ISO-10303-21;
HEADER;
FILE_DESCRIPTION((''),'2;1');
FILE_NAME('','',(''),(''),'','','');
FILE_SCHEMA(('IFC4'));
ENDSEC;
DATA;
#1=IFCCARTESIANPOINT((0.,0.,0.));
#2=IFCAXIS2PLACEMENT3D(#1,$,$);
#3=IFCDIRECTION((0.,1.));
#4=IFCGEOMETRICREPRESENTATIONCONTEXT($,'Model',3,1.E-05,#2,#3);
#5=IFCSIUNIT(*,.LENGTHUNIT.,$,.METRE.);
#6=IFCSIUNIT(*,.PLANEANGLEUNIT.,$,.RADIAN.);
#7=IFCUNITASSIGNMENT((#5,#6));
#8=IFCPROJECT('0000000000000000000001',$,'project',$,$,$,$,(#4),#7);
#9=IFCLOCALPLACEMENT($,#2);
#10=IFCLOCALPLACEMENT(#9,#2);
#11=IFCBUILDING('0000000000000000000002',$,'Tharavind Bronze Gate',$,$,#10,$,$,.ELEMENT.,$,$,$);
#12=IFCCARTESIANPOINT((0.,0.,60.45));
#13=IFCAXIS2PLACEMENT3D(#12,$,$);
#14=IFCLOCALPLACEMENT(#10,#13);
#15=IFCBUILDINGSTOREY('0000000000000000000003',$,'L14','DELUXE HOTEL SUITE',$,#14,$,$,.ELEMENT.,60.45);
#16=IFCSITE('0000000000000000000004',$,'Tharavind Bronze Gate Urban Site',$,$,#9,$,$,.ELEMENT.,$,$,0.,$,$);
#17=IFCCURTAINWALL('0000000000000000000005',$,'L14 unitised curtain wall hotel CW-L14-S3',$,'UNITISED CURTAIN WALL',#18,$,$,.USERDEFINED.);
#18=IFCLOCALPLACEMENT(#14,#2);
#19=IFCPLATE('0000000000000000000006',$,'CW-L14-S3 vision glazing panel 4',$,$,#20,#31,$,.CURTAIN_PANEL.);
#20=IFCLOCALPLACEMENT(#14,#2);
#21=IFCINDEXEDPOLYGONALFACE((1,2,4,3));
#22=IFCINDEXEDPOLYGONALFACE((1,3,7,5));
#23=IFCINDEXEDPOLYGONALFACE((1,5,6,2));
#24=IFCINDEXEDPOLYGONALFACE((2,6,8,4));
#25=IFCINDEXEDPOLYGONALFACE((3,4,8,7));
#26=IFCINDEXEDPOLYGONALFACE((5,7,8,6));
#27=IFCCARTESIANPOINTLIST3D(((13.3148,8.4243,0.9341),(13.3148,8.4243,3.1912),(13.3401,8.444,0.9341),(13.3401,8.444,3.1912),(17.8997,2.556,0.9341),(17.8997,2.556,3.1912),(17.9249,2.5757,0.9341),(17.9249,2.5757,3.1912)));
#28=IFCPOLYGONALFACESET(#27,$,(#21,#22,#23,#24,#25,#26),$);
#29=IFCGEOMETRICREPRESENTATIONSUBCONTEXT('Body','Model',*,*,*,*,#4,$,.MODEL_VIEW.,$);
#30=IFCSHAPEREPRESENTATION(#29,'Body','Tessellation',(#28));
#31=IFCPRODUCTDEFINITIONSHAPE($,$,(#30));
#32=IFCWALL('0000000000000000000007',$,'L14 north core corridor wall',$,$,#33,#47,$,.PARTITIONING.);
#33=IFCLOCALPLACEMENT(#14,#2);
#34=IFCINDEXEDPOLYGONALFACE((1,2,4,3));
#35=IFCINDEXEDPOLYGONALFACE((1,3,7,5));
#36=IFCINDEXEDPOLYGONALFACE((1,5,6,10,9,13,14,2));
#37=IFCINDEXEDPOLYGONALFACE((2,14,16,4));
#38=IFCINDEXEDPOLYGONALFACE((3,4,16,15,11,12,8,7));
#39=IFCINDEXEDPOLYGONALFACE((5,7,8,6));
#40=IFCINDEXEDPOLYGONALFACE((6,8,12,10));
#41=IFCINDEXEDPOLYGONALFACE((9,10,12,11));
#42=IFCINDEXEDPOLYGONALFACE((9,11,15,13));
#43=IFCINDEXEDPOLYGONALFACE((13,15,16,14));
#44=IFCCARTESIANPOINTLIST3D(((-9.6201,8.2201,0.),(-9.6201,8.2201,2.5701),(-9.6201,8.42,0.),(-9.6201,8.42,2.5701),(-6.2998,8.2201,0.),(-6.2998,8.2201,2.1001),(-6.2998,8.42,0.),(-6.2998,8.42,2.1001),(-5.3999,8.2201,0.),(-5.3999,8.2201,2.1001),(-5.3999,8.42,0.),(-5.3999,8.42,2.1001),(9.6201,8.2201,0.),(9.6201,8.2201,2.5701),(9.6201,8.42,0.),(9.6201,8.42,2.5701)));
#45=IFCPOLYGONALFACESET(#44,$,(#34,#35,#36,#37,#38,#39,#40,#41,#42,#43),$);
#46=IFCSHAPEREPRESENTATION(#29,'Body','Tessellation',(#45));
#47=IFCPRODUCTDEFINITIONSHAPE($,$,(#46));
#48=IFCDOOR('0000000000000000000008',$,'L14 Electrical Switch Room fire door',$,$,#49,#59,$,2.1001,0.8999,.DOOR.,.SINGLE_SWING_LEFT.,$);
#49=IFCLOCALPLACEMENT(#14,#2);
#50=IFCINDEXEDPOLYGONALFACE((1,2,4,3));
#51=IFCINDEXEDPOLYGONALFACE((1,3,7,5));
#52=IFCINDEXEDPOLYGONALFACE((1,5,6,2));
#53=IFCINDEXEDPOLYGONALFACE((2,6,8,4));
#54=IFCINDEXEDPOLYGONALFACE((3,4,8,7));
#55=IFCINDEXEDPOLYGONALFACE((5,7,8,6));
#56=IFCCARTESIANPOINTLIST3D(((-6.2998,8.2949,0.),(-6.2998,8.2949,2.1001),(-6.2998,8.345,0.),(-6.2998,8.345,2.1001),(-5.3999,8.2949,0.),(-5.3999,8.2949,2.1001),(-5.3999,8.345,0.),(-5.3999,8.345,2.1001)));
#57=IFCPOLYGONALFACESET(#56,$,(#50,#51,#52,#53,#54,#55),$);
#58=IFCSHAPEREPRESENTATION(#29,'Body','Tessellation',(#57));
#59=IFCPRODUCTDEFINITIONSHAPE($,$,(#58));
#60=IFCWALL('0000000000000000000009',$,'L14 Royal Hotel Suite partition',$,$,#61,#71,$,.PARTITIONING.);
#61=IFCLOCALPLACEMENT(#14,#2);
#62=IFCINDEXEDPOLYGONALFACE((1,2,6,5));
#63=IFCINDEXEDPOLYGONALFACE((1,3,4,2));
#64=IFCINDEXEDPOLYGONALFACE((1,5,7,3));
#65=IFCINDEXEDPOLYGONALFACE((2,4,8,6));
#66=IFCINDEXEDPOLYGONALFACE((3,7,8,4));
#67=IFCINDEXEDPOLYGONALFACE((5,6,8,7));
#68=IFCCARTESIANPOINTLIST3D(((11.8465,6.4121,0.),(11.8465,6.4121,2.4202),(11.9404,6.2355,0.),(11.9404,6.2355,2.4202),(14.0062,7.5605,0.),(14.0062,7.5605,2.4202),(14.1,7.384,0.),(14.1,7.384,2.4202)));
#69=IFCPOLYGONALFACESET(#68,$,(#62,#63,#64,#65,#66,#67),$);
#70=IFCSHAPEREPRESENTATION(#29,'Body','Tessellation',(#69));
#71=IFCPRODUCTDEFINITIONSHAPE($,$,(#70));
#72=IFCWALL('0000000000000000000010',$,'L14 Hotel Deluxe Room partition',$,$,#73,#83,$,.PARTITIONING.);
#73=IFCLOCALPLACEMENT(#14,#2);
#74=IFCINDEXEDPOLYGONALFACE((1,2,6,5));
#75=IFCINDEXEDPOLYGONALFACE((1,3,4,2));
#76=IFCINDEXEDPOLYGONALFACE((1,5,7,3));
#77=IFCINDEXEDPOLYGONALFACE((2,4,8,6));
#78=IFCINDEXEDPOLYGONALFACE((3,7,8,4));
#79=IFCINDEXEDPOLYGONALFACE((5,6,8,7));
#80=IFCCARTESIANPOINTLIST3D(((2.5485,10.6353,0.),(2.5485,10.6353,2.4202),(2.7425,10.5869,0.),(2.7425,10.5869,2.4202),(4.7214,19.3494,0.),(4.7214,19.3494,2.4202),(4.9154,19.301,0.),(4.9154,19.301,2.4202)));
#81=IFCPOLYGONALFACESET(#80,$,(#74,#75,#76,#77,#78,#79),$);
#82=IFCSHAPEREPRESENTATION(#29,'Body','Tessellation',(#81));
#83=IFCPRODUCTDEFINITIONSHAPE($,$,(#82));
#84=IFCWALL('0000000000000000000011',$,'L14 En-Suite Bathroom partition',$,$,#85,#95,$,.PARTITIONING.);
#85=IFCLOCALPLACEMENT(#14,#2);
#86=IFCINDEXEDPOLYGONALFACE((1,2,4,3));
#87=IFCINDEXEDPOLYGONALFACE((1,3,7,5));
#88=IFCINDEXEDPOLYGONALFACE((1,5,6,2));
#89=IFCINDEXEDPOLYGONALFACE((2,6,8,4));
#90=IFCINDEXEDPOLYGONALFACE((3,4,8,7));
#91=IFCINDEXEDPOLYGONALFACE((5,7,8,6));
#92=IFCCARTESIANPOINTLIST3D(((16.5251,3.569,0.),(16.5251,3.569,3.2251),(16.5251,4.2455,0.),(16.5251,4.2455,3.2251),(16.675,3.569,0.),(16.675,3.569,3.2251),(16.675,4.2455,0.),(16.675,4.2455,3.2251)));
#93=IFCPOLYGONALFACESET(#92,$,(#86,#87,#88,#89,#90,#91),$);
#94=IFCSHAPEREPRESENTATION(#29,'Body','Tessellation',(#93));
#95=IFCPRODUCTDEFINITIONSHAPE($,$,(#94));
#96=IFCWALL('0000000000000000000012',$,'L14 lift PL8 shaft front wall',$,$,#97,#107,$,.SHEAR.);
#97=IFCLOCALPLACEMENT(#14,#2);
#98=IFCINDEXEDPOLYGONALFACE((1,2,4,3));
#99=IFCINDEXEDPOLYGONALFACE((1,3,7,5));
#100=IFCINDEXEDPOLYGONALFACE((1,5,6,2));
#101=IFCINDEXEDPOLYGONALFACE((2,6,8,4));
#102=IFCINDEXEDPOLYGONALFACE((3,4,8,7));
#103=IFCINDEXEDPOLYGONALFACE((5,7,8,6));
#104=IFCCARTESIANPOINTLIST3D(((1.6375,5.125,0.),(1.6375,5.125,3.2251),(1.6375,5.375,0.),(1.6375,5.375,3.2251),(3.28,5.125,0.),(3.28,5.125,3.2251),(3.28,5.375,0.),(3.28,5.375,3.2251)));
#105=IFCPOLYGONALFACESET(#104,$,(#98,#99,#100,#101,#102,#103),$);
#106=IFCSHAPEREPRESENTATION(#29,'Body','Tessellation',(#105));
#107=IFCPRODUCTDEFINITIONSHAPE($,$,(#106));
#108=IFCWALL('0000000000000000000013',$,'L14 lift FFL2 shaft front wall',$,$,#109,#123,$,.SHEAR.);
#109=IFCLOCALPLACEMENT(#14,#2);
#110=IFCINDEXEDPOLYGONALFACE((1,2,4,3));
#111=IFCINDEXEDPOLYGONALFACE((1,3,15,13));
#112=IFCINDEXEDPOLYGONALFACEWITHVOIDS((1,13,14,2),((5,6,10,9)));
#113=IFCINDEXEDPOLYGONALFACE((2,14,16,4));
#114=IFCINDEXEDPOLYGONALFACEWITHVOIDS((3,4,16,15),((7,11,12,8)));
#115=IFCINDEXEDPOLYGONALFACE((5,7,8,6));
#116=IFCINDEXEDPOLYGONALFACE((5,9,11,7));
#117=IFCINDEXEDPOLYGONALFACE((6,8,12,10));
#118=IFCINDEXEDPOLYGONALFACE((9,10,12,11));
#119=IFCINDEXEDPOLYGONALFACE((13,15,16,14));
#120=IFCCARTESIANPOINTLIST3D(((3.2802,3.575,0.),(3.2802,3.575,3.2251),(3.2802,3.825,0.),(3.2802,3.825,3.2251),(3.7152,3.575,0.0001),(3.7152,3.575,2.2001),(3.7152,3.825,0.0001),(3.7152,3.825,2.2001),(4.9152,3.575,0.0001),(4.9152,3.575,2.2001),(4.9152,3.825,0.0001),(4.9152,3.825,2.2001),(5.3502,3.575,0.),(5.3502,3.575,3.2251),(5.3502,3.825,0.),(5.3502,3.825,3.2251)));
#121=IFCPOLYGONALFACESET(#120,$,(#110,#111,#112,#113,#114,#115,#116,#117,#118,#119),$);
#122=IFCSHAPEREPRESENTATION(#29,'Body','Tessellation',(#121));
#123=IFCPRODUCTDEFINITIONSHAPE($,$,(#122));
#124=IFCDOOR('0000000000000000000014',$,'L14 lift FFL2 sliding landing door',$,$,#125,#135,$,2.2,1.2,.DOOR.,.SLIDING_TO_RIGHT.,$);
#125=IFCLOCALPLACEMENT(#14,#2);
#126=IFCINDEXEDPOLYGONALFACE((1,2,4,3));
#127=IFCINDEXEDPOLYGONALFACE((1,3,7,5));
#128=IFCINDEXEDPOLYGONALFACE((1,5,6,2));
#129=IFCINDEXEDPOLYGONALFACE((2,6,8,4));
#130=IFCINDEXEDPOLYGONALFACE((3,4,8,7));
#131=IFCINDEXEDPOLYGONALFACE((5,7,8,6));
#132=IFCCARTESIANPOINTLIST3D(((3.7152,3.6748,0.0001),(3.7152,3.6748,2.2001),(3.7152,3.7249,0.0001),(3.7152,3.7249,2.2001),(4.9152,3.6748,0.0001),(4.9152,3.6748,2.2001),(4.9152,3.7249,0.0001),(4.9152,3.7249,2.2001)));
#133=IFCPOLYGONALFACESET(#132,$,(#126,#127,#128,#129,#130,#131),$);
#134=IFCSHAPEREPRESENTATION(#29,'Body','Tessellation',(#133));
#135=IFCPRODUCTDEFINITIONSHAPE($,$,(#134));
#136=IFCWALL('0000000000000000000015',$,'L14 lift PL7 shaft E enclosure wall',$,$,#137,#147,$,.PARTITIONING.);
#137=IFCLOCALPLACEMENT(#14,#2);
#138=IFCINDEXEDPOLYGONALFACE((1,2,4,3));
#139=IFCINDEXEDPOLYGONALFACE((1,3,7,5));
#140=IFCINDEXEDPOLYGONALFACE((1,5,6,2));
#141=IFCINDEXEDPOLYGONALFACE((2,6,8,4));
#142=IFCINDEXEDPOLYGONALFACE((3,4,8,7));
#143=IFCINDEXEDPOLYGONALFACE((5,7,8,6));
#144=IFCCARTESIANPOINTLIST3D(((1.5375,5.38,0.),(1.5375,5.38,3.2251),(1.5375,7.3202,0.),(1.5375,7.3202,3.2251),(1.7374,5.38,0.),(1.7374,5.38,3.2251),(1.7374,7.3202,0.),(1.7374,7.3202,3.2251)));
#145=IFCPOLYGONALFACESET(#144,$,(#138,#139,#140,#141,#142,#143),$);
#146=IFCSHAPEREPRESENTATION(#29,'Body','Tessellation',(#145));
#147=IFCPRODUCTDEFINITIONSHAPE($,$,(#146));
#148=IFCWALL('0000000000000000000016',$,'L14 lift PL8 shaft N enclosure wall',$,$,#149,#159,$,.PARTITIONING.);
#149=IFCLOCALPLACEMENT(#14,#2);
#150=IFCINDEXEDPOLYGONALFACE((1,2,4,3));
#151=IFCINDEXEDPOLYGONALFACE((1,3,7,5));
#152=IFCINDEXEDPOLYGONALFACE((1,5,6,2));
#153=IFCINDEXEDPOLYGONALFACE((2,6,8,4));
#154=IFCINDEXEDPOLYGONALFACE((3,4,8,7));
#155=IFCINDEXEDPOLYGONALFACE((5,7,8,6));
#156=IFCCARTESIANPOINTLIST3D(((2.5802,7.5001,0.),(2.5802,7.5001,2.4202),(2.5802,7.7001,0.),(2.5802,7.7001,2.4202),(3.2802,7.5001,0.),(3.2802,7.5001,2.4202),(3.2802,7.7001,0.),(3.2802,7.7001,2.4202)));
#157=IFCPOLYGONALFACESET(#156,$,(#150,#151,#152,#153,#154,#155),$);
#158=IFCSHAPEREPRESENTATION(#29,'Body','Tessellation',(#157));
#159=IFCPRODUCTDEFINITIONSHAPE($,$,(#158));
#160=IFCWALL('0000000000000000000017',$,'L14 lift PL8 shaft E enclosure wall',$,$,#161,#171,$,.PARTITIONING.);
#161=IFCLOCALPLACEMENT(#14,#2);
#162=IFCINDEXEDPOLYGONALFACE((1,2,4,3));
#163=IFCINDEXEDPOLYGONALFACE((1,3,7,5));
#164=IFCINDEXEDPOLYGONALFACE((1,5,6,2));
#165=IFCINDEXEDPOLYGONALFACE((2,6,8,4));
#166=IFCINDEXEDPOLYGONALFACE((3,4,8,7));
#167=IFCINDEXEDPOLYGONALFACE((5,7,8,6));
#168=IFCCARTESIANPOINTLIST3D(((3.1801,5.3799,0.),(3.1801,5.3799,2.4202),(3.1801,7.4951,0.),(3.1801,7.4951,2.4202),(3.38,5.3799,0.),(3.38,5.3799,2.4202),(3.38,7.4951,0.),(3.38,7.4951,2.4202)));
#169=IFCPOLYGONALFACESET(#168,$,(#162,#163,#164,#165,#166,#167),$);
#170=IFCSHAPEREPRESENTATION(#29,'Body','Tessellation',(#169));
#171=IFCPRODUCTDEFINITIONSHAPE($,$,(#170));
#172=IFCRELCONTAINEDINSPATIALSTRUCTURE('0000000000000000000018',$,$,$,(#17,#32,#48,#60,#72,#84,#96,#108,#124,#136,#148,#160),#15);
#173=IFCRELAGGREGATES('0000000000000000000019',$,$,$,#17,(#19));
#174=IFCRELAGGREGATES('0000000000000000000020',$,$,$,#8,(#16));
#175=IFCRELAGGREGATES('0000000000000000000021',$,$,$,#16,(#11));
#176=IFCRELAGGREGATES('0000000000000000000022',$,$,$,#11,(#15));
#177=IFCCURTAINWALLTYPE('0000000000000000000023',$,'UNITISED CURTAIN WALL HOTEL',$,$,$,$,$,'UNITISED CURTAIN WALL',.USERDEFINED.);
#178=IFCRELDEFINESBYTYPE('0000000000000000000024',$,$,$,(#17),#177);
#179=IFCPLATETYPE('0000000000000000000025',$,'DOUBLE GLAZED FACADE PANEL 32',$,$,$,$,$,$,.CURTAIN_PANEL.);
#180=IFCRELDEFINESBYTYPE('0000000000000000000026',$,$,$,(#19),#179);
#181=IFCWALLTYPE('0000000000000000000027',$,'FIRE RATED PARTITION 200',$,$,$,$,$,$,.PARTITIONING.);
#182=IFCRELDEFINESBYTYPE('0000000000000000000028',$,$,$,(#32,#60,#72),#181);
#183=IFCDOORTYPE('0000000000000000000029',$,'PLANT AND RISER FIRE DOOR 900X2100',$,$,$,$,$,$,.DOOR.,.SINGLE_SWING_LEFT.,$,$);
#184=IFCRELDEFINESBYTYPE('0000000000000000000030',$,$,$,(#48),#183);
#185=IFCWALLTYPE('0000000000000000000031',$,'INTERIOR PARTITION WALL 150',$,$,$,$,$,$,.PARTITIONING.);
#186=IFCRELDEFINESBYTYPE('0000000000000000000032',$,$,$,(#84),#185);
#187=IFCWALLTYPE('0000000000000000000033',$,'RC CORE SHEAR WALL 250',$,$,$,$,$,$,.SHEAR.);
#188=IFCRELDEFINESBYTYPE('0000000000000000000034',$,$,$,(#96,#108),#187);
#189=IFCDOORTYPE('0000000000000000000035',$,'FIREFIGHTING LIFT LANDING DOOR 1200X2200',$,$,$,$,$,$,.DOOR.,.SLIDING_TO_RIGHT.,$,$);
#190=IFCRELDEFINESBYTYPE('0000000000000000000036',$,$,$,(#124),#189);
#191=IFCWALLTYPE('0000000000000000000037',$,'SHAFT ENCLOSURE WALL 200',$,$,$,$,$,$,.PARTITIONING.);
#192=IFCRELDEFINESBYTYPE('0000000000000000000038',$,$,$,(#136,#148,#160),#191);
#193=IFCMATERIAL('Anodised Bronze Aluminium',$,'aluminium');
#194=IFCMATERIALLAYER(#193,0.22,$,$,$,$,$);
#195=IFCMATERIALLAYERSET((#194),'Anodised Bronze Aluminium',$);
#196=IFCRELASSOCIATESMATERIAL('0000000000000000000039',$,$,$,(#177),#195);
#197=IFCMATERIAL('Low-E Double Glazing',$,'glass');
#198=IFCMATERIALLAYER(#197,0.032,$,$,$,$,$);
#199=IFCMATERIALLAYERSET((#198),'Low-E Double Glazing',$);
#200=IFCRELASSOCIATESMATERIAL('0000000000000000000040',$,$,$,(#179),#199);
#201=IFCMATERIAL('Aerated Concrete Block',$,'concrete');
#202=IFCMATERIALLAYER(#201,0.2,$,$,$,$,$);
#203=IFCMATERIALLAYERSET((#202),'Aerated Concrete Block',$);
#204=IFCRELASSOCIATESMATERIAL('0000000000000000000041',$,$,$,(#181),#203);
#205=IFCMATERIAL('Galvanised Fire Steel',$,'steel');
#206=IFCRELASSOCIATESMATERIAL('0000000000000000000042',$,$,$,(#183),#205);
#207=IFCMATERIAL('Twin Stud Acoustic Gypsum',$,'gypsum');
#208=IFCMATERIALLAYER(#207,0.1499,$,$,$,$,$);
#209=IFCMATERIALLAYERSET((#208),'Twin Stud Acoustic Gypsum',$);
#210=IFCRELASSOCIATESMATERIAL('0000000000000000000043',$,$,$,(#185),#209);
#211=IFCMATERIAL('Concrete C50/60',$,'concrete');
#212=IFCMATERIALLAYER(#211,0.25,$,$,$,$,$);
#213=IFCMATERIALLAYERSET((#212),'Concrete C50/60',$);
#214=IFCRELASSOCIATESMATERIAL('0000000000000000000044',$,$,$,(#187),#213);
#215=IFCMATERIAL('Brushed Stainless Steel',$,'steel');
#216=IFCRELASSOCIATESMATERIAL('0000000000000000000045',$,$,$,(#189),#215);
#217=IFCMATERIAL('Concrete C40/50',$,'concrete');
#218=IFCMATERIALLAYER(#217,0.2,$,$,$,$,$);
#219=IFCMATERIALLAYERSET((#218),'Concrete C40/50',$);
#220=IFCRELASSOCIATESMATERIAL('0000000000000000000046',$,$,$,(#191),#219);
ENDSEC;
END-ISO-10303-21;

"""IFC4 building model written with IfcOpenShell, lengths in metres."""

from ifc_helpers import new_model, si_unit, direction, frame, frame_2d, origin, origin_2d, place, context, subcontext, project, spatial, rectangle, extrude, material, layer, layer_set, type_object, element, fill, aggregate, save


model = new_model("IFC4")

# Units and contexts
model_context = context("Model", 3, precision=1e-05, world=origin(), true_north=direction((0.0, 1.0)))
body_context = subcontext(model_context, "Body", "Model", "MODEL_VIEW")
ifc_project = project(units=[si_unit("LENGTHUNIT", "METRE"), si_unit("PLANEANGLEUNIT", "RADIAN")], contexts=[model_context])

# Site, building, storey
site_placement = place(None, origin())
site = spatial("IfcSite", under=ifc_project, at=site_placement, Name="Tharavind Bronze Gate Urban Site", CompositionType="ELEMENT", RefElevation=0.0)
building_placement = place(site_placement, origin())
building = spatial("IfcBuilding", under=site, at=building_placement, Name="Tharavind Bronze Gate", CompositionType="ELEMENT")
storey_placement = place(building_placement, frame((0.0, 0.0, 60.45)))
storey = spatial("IfcBuildingStorey", under=building, at=storey_placement, Name="L14", Description="DELUXE HOTEL SUITE", CompositionType="ELEMENT", Elevation=60.45)

# Curtain wall
ifc_material_1 = material(Name="Anodised Bronze Aluminium", Category="aluminium")
ifc_layer_1 = layer(ifc_material_1, 0.22)
ifc_layer_set_1 = layer_set([ifc_layer_1], Name="Anodised Bronze Aluminium")
curtain_wall_type = type_object("IfcCurtainWallType", Name="UNITISED CURTAIN WALL HOTEL", ElementType="UNITISED CURTAIN WALL", PredefinedType="USERDEFINED", material=ifc_layer_set_1)
curtain_wall_placement = place(storey_placement, origin())
curtain_wall = element("IfcCurtainWall", 1, at=curtain_wall_placement, inside=storey, type_object=curtain_wall_type, Name="L14 unitised curtain wall hotel CW-L14-S3", ObjectType="UNITISED CURTAIN WALL", PredefinedType="USERDEFINED")

# Plate
ifc_material_2 = material(Name="Low-E Double Glazing", Category="glass")
ifc_layer_2 = layer(ifc_material_2, 0.032)
ifc_layer_set_2 = layer_set([ifc_layer_2], Name="Low-E Double Glazing")
plate_type_1 = type_object("IfcPlateType", Name="DOUBLE GLAZED FACADE PANEL 32", PredefinedType="CURTAIN_PANEL", material=ifc_layer_set_2)
plate_1_placement = place(storey_placement, frame((15.6199, 5.5, 0.9341), z_axis=(0.0, 0.0, 1.0), x_axis=(-0.615661, 0.788011, 0.0)))
plate_1 = element("IfcPlate", 2, at=plate_1_placement, type_object=plate_type_1, Name="CW-L14-S3 vision glazing panel 4", PredefinedType="CURTAIN_PANEL", context=body_context, shape_type="SweptSolid", body=[
    extrude(rectangle(XDim=7.447, YDim=0.032, at=origin_2d()), origin(), (0.0, 0.0, 1.0), 2.2571),
])
aggregate(curtain_wall, [plate_1])

# Wall, opening, door
ifc_material_3 = material(Name="Aerated Concrete Block", Category="concrete")
ifc_layer_3 = layer(ifc_material_3, 0.2)
ifc_layer_set_3 = layer_set([ifc_layer_3], Name="Aerated Concrete Block")
wall_type_1 = type_object("IfcWallType", Name="FIRE RATED PARTITION 200", PredefinedType="PARTITIONING", material=ifc_layer_set_3)
wall_1_placement = place(storey_placement, frame((9.6201, 8.3201, 0.0), z_axis=(0.0, 0.0, 1.0), x_axis=(-1.0, 0.0, 0.0)))
wall_1 = element("IfcWall", 3, at=wall_1_placement, inside=storey, type_object=wall_type_1, Name="L14 north core corridor wall", PredefinedType="PARTITIONING", context=body_context, shape_type="SweptSolid", body=[
    extrude(rectangle(XDim=19.2402, YDim=0.2, at=frame_2d((9.6201, 0.0))), origin(), (0.0, 0.0, 1.0), 2.5701),
])
opening_1_placement = place(wall_1_placement, frame((15.02, 0.0, 0.0)))
opening_1 = element("IfcOpeningElement", 4, at=opening_1_placement, cuts=wall_1, PredefinedType="OPENING", context=body_context, shape_type="SweptSolid", body=[
    extrude(rectangle(XDim=0.8999, YDim=2.1001, at=frame_2d((0.45, 1.05))), frame((0.0, 0.1101, 0.0), z_axis=(0.0, -1.0, 0.0), x_axis=(1.0, 0.0, 0.0)), (0.0, 0.0, 1.0), 0.22),
])
ifc_material_4 = material(Name="Galvanised Fire Steel", Category="steel")
door_type_1 = type_object("IfcDoorType", Name="PLANT AND RISER FIRE DOOR 900X2100", OperationType="SINGLE_SWING_LEFT", PredefinedType="DOOR", material=ifc_material_4)
door_1_placement = place(opening_1_placement, frame((0.8999, 0.0, 0.0), z_axis=(0.0, 0.0, 1.0), x_axis=(-1.0, 0.0, 0.0)))
door_1 = element("IfcDoor", 5, at=door_1_placement, inside=storey, type_object=door_type_1, Name="L14 Electrical Switch Room fire door", OperationType="SINGLE_SWING_LEFT", OverallHeight=2.1001, OverallWidth=0.8999, PredefinedType="DOOR", context=body_context, shape_type="SweptSolid", body=[
    extrude(rectangle(XDim=0.8999, YDim=2.1001, at=frame_2d((0.45, 1.05))), frame((0.0, 0.0249, 0.0), z_axis=(0.0, -1.0, 0.0), x_axis=(1.0, 0.0, 0.0)), (0.0, 0.0, 1.0), 0.05),
])
fill(opening_1, door_1)

# Wall
wall_2_placement = place(storey_placement, frame((11.8933, 6.3237, 0.0), z_axis=(0.0, 0.0, 1.0), x_axis=(0.882927, 0.46951, 0.0)))
element("IfcWall", 6, at=wall_2_placement, inside=storey, type_object=wall_type_1, Name="L14 Royal Hotel Suite partition", PredefinedType="PARTITIONING", context=body_context, shape_type="SweptSolid", body=[
    extrude(rectangle(XDim=2.446, YDim=0.2, at=frame_2d((1.2231, 0.0))), origin(), (0.0, 0.0, 1.0), 2.4202),
])

# Wall
wall_3_placement = place(storey_placement, frame((2.6455, 10.6111, 0.0), z_axis=(0.0, 0.0, 1.0), x_axis=(0.241941, 0.970291, 0.0)))
element("IfcWall", 7, at=wall_3_placement, inside=storey, type_object=wall_type_1, Name="L14 Hotel Deluxe Room partition", PredefinedType="PARTITIONING", context=body_context, shape_type="SweptSolid", body=[
    extrude(rectangle(XDim=8.981, YDim=0.2, at=frame_2d((4.4905, 0.0))), origin(), (0.0, 0.0, 1.0), 2.4202),
])

# Wall
ifc_material_5 = material(Name="Twin Stud Acoustic Gypsum", Category="gypsum")
ifc_layer_4 = layer(ifc_material_5, 0.1499)
ifc_layer_set_4 = layer_set([ifc_layer_4], Name="Twin Stud Acoustic Gypsum")
wall_type_2 = type_object("IfcWallType", Name="INTERIOR PARTITION WALL 150", PredefinedType="PARTITIONING", material=ifc_layer_set_4)
wall_4_placement = place(storey_placement, frame((16.6001, 4.2456, 0.0), z_axis=(0.0, 0.0, 1.0), x_axis=(0.0, -1.0, 0.0)))
element("IfcWall", 8, at=wall_4_placement, inside=storey, type_object=wall_type_2, Name="L14 En-Suite Bathroom partition", PredefinedType="PARTITIONING", context=body_context, shape_type="SweptSolid", body=[
    extrude(rectangle(XDim=0.6765, YDim=0.1499, at=frame_2d((0.3384, 0.0))), origin(), (0.0, 0.0, 1.0), 3.2251),
])

# Shared definitions
ifc_material_6 = material(Name="Concrete C50/60", Category="concrete")
ifc_layer_5 = layer(ifc_material_6, 0.25)
ifc_layer_set_5 = layer_set([ifc_layer_5], Name="Concrete C50/60")
wall_type_3 = type_object("IfcWallType", Name="RC CORE SHEAR WALL 250", PredefinedType="SHEAR", material=ifc_layer_set_5)

# Wall
wall_5_placement = place(storey_placement, frame((1.6375, 5.25, 0.0), z_axis=(0.0, 0.0, 1.0), x_axis=(1.0, 0.0, 0.0)))
element("IfcWall", 9, at=wall_5_placement, inside=storey, type_object=wall_type_3, Name="L14 lift PL8 shaft front wall", PredefinedType="SHEAR", context=body_context, shape_type="SweptSolid", body=[
    extrude(rectangle(XDim=1.6426, YDim=0.25, at=frame_2d((0.8213, 0.0))), origin(), (0.0, 0.0, 1.0), 3.2251),
])

# Wall, opening, door
wall_6_placement = place(storey_placement, frame((3.28, 3.7, 0.0), z_axis=(0.0, 0.0, 1.0), x_axis=(1.0, 0.0, 0.0)))
wall_6 = element("IfcWall", 10, at=wall_6_placement, inside=storey, type_object=wall_type_3, Name="L14 lift FFL2 shaft front wall", PredefinedType="SHEAR", context=body_context, shape_type="SweptSolid", body=[
    extrude(rectangle(XDim=2.0701, YDim=0.25, at=frame_2d((1.0352, 0.0))), origin(), (0.0, 0.0, 1.0), 3.2251),
])
opening_2_placement = place(wall_6_placement, frame((0.4351, 0.0, 0.0)))
opening_2 = element("IfcOpeningElement", 11, at=opening_2_placement, cuts=wall_6, PredefinedType="OPENING", context=body_context, shape_type="SweptSolid", body=[
    extrude(rectangle(XDim=1.2, YDim=2.2, at=frame_2d((0.6001, 1.1001))), frame((0.0, 0.135, 0.0), z_axis=(0.0, -1.0, 0.0), x_axis=(1.0, 0.0, 0.0)), (0.0, 0.0, 1.0), 0.27),
])
ifc_material_7 = material(Name="Brushed Stainless Steel", Category="steel")
door_type_2 = type_object("IfcDoorType", Name="FIREFIGHTING LIFT LANDING DOOR 1200X2200", OperationType="SLIDING_TO_RIGHT", PredefinedType="DOOR", material=ifc_material_7)
door_2_placement = place(opening_2_placement, origin())
door_2 = element("IfcDoor", 12, at=door_2_placement, inside=storey, type_object=door_type_2, Name="L14 lift FFL2 sliding landing door", OperationType="SLIDING_TO_RIGHT", OverallHeight=2.2, OverallWidth=1.2, PredefinedType="DOOR", context=body_context, shape_type="SweptSolid", body=[
    extrude(rectangle(XDim=1.2, YDim=2.2, at=frame_2d((0.6001, 1.1001))), frame((0.0, 0.0249, 0.0), z_axis=(0.0, -1.0, 0.0), x_axis=(1.0, 0.0, 0.0)), (0.0, 0.0, 1.0), 0.05),
])
fill(opening_2, door_2)

# Walls
ifc_material_8 = material(Name="Concrete C40/50", Category="concrete")
ifc_layer_6 = layer(ifc_material_8, 0.2)
ifc_layer_set_6 = layer_set([ifc_layer_6], Name="Concrete C40/50")
wall_type_4 = type_object("IfcWallType", Name="SHAFT ENCLOSURE WALL 200", PredefinedType="PARTITIONING", material=ifc_layer_set_6)
wall_7_placement = place(storey_placement, frame((1.6375, 5.3799, 0.0), z_axis=(0.0, 0.0, 1.0), x_axis=(0.0, 1.0, 0.0)))
element("IfcWall", 13, at=wall_7_placement, inside=storey, type_object=wall_type_4, Name="L14 lift PL7 shaft E enclosure wall", PredefinedType="PARTITIONING", context=body_context, shape_type="SweptSolid", body=[
    extrude(rectangle(XDim=1.9402, YDim=0.2, at=frame_2d((0.9702, 0.0))), origin(), (0.0, 0.0, 1.0), 3.2251),
])
wall_8_placement = place(storey_placement, frame((2.5801, 7.6001, 0.0), z_axis=(0.0, 0.0, 1.0), x_axis=(1.0, 0.0, 0.0)))
element("IfcWall", 14, at=wall_8_placement, inside=storey, type_object=wall_type_4, Name="L14 lift PL8 shaft N enclosure wall", PredefinedType="PARTITIONING", context=body_context, shape_type="SweptSolid", body=[
    extrude(rectangle(XDim=0.7, YDim=0.2, at=frame_2d((0.3501, 0.0))), origin(), (0.0, 0.0, 1.0), 2.4202),
])
wall_9_placement = place(storey_placement, frame((3.28, 5.3799, 0.0), z_axis=(0.0, 0.0, 1.0), x_axis=(0.0, 1.0, 0.0)))
element("IfcWall", 15, at=wall_9_placement, inside=storey, type_object=wall_type_4, Name="L14 lift PL8 shaft E enclosure wall", PredefinedType="PARTITIONING", context=body_context, shape_type="SweptSolid", body=[
    extrude(rectangle(XDim=2.1152, YDim=0.2, at=frame_2d((1.0576, 0.0))), origin(), (0.0, 0.0, 1.0), 2.4202),
])

save(model, "model.ifc")
